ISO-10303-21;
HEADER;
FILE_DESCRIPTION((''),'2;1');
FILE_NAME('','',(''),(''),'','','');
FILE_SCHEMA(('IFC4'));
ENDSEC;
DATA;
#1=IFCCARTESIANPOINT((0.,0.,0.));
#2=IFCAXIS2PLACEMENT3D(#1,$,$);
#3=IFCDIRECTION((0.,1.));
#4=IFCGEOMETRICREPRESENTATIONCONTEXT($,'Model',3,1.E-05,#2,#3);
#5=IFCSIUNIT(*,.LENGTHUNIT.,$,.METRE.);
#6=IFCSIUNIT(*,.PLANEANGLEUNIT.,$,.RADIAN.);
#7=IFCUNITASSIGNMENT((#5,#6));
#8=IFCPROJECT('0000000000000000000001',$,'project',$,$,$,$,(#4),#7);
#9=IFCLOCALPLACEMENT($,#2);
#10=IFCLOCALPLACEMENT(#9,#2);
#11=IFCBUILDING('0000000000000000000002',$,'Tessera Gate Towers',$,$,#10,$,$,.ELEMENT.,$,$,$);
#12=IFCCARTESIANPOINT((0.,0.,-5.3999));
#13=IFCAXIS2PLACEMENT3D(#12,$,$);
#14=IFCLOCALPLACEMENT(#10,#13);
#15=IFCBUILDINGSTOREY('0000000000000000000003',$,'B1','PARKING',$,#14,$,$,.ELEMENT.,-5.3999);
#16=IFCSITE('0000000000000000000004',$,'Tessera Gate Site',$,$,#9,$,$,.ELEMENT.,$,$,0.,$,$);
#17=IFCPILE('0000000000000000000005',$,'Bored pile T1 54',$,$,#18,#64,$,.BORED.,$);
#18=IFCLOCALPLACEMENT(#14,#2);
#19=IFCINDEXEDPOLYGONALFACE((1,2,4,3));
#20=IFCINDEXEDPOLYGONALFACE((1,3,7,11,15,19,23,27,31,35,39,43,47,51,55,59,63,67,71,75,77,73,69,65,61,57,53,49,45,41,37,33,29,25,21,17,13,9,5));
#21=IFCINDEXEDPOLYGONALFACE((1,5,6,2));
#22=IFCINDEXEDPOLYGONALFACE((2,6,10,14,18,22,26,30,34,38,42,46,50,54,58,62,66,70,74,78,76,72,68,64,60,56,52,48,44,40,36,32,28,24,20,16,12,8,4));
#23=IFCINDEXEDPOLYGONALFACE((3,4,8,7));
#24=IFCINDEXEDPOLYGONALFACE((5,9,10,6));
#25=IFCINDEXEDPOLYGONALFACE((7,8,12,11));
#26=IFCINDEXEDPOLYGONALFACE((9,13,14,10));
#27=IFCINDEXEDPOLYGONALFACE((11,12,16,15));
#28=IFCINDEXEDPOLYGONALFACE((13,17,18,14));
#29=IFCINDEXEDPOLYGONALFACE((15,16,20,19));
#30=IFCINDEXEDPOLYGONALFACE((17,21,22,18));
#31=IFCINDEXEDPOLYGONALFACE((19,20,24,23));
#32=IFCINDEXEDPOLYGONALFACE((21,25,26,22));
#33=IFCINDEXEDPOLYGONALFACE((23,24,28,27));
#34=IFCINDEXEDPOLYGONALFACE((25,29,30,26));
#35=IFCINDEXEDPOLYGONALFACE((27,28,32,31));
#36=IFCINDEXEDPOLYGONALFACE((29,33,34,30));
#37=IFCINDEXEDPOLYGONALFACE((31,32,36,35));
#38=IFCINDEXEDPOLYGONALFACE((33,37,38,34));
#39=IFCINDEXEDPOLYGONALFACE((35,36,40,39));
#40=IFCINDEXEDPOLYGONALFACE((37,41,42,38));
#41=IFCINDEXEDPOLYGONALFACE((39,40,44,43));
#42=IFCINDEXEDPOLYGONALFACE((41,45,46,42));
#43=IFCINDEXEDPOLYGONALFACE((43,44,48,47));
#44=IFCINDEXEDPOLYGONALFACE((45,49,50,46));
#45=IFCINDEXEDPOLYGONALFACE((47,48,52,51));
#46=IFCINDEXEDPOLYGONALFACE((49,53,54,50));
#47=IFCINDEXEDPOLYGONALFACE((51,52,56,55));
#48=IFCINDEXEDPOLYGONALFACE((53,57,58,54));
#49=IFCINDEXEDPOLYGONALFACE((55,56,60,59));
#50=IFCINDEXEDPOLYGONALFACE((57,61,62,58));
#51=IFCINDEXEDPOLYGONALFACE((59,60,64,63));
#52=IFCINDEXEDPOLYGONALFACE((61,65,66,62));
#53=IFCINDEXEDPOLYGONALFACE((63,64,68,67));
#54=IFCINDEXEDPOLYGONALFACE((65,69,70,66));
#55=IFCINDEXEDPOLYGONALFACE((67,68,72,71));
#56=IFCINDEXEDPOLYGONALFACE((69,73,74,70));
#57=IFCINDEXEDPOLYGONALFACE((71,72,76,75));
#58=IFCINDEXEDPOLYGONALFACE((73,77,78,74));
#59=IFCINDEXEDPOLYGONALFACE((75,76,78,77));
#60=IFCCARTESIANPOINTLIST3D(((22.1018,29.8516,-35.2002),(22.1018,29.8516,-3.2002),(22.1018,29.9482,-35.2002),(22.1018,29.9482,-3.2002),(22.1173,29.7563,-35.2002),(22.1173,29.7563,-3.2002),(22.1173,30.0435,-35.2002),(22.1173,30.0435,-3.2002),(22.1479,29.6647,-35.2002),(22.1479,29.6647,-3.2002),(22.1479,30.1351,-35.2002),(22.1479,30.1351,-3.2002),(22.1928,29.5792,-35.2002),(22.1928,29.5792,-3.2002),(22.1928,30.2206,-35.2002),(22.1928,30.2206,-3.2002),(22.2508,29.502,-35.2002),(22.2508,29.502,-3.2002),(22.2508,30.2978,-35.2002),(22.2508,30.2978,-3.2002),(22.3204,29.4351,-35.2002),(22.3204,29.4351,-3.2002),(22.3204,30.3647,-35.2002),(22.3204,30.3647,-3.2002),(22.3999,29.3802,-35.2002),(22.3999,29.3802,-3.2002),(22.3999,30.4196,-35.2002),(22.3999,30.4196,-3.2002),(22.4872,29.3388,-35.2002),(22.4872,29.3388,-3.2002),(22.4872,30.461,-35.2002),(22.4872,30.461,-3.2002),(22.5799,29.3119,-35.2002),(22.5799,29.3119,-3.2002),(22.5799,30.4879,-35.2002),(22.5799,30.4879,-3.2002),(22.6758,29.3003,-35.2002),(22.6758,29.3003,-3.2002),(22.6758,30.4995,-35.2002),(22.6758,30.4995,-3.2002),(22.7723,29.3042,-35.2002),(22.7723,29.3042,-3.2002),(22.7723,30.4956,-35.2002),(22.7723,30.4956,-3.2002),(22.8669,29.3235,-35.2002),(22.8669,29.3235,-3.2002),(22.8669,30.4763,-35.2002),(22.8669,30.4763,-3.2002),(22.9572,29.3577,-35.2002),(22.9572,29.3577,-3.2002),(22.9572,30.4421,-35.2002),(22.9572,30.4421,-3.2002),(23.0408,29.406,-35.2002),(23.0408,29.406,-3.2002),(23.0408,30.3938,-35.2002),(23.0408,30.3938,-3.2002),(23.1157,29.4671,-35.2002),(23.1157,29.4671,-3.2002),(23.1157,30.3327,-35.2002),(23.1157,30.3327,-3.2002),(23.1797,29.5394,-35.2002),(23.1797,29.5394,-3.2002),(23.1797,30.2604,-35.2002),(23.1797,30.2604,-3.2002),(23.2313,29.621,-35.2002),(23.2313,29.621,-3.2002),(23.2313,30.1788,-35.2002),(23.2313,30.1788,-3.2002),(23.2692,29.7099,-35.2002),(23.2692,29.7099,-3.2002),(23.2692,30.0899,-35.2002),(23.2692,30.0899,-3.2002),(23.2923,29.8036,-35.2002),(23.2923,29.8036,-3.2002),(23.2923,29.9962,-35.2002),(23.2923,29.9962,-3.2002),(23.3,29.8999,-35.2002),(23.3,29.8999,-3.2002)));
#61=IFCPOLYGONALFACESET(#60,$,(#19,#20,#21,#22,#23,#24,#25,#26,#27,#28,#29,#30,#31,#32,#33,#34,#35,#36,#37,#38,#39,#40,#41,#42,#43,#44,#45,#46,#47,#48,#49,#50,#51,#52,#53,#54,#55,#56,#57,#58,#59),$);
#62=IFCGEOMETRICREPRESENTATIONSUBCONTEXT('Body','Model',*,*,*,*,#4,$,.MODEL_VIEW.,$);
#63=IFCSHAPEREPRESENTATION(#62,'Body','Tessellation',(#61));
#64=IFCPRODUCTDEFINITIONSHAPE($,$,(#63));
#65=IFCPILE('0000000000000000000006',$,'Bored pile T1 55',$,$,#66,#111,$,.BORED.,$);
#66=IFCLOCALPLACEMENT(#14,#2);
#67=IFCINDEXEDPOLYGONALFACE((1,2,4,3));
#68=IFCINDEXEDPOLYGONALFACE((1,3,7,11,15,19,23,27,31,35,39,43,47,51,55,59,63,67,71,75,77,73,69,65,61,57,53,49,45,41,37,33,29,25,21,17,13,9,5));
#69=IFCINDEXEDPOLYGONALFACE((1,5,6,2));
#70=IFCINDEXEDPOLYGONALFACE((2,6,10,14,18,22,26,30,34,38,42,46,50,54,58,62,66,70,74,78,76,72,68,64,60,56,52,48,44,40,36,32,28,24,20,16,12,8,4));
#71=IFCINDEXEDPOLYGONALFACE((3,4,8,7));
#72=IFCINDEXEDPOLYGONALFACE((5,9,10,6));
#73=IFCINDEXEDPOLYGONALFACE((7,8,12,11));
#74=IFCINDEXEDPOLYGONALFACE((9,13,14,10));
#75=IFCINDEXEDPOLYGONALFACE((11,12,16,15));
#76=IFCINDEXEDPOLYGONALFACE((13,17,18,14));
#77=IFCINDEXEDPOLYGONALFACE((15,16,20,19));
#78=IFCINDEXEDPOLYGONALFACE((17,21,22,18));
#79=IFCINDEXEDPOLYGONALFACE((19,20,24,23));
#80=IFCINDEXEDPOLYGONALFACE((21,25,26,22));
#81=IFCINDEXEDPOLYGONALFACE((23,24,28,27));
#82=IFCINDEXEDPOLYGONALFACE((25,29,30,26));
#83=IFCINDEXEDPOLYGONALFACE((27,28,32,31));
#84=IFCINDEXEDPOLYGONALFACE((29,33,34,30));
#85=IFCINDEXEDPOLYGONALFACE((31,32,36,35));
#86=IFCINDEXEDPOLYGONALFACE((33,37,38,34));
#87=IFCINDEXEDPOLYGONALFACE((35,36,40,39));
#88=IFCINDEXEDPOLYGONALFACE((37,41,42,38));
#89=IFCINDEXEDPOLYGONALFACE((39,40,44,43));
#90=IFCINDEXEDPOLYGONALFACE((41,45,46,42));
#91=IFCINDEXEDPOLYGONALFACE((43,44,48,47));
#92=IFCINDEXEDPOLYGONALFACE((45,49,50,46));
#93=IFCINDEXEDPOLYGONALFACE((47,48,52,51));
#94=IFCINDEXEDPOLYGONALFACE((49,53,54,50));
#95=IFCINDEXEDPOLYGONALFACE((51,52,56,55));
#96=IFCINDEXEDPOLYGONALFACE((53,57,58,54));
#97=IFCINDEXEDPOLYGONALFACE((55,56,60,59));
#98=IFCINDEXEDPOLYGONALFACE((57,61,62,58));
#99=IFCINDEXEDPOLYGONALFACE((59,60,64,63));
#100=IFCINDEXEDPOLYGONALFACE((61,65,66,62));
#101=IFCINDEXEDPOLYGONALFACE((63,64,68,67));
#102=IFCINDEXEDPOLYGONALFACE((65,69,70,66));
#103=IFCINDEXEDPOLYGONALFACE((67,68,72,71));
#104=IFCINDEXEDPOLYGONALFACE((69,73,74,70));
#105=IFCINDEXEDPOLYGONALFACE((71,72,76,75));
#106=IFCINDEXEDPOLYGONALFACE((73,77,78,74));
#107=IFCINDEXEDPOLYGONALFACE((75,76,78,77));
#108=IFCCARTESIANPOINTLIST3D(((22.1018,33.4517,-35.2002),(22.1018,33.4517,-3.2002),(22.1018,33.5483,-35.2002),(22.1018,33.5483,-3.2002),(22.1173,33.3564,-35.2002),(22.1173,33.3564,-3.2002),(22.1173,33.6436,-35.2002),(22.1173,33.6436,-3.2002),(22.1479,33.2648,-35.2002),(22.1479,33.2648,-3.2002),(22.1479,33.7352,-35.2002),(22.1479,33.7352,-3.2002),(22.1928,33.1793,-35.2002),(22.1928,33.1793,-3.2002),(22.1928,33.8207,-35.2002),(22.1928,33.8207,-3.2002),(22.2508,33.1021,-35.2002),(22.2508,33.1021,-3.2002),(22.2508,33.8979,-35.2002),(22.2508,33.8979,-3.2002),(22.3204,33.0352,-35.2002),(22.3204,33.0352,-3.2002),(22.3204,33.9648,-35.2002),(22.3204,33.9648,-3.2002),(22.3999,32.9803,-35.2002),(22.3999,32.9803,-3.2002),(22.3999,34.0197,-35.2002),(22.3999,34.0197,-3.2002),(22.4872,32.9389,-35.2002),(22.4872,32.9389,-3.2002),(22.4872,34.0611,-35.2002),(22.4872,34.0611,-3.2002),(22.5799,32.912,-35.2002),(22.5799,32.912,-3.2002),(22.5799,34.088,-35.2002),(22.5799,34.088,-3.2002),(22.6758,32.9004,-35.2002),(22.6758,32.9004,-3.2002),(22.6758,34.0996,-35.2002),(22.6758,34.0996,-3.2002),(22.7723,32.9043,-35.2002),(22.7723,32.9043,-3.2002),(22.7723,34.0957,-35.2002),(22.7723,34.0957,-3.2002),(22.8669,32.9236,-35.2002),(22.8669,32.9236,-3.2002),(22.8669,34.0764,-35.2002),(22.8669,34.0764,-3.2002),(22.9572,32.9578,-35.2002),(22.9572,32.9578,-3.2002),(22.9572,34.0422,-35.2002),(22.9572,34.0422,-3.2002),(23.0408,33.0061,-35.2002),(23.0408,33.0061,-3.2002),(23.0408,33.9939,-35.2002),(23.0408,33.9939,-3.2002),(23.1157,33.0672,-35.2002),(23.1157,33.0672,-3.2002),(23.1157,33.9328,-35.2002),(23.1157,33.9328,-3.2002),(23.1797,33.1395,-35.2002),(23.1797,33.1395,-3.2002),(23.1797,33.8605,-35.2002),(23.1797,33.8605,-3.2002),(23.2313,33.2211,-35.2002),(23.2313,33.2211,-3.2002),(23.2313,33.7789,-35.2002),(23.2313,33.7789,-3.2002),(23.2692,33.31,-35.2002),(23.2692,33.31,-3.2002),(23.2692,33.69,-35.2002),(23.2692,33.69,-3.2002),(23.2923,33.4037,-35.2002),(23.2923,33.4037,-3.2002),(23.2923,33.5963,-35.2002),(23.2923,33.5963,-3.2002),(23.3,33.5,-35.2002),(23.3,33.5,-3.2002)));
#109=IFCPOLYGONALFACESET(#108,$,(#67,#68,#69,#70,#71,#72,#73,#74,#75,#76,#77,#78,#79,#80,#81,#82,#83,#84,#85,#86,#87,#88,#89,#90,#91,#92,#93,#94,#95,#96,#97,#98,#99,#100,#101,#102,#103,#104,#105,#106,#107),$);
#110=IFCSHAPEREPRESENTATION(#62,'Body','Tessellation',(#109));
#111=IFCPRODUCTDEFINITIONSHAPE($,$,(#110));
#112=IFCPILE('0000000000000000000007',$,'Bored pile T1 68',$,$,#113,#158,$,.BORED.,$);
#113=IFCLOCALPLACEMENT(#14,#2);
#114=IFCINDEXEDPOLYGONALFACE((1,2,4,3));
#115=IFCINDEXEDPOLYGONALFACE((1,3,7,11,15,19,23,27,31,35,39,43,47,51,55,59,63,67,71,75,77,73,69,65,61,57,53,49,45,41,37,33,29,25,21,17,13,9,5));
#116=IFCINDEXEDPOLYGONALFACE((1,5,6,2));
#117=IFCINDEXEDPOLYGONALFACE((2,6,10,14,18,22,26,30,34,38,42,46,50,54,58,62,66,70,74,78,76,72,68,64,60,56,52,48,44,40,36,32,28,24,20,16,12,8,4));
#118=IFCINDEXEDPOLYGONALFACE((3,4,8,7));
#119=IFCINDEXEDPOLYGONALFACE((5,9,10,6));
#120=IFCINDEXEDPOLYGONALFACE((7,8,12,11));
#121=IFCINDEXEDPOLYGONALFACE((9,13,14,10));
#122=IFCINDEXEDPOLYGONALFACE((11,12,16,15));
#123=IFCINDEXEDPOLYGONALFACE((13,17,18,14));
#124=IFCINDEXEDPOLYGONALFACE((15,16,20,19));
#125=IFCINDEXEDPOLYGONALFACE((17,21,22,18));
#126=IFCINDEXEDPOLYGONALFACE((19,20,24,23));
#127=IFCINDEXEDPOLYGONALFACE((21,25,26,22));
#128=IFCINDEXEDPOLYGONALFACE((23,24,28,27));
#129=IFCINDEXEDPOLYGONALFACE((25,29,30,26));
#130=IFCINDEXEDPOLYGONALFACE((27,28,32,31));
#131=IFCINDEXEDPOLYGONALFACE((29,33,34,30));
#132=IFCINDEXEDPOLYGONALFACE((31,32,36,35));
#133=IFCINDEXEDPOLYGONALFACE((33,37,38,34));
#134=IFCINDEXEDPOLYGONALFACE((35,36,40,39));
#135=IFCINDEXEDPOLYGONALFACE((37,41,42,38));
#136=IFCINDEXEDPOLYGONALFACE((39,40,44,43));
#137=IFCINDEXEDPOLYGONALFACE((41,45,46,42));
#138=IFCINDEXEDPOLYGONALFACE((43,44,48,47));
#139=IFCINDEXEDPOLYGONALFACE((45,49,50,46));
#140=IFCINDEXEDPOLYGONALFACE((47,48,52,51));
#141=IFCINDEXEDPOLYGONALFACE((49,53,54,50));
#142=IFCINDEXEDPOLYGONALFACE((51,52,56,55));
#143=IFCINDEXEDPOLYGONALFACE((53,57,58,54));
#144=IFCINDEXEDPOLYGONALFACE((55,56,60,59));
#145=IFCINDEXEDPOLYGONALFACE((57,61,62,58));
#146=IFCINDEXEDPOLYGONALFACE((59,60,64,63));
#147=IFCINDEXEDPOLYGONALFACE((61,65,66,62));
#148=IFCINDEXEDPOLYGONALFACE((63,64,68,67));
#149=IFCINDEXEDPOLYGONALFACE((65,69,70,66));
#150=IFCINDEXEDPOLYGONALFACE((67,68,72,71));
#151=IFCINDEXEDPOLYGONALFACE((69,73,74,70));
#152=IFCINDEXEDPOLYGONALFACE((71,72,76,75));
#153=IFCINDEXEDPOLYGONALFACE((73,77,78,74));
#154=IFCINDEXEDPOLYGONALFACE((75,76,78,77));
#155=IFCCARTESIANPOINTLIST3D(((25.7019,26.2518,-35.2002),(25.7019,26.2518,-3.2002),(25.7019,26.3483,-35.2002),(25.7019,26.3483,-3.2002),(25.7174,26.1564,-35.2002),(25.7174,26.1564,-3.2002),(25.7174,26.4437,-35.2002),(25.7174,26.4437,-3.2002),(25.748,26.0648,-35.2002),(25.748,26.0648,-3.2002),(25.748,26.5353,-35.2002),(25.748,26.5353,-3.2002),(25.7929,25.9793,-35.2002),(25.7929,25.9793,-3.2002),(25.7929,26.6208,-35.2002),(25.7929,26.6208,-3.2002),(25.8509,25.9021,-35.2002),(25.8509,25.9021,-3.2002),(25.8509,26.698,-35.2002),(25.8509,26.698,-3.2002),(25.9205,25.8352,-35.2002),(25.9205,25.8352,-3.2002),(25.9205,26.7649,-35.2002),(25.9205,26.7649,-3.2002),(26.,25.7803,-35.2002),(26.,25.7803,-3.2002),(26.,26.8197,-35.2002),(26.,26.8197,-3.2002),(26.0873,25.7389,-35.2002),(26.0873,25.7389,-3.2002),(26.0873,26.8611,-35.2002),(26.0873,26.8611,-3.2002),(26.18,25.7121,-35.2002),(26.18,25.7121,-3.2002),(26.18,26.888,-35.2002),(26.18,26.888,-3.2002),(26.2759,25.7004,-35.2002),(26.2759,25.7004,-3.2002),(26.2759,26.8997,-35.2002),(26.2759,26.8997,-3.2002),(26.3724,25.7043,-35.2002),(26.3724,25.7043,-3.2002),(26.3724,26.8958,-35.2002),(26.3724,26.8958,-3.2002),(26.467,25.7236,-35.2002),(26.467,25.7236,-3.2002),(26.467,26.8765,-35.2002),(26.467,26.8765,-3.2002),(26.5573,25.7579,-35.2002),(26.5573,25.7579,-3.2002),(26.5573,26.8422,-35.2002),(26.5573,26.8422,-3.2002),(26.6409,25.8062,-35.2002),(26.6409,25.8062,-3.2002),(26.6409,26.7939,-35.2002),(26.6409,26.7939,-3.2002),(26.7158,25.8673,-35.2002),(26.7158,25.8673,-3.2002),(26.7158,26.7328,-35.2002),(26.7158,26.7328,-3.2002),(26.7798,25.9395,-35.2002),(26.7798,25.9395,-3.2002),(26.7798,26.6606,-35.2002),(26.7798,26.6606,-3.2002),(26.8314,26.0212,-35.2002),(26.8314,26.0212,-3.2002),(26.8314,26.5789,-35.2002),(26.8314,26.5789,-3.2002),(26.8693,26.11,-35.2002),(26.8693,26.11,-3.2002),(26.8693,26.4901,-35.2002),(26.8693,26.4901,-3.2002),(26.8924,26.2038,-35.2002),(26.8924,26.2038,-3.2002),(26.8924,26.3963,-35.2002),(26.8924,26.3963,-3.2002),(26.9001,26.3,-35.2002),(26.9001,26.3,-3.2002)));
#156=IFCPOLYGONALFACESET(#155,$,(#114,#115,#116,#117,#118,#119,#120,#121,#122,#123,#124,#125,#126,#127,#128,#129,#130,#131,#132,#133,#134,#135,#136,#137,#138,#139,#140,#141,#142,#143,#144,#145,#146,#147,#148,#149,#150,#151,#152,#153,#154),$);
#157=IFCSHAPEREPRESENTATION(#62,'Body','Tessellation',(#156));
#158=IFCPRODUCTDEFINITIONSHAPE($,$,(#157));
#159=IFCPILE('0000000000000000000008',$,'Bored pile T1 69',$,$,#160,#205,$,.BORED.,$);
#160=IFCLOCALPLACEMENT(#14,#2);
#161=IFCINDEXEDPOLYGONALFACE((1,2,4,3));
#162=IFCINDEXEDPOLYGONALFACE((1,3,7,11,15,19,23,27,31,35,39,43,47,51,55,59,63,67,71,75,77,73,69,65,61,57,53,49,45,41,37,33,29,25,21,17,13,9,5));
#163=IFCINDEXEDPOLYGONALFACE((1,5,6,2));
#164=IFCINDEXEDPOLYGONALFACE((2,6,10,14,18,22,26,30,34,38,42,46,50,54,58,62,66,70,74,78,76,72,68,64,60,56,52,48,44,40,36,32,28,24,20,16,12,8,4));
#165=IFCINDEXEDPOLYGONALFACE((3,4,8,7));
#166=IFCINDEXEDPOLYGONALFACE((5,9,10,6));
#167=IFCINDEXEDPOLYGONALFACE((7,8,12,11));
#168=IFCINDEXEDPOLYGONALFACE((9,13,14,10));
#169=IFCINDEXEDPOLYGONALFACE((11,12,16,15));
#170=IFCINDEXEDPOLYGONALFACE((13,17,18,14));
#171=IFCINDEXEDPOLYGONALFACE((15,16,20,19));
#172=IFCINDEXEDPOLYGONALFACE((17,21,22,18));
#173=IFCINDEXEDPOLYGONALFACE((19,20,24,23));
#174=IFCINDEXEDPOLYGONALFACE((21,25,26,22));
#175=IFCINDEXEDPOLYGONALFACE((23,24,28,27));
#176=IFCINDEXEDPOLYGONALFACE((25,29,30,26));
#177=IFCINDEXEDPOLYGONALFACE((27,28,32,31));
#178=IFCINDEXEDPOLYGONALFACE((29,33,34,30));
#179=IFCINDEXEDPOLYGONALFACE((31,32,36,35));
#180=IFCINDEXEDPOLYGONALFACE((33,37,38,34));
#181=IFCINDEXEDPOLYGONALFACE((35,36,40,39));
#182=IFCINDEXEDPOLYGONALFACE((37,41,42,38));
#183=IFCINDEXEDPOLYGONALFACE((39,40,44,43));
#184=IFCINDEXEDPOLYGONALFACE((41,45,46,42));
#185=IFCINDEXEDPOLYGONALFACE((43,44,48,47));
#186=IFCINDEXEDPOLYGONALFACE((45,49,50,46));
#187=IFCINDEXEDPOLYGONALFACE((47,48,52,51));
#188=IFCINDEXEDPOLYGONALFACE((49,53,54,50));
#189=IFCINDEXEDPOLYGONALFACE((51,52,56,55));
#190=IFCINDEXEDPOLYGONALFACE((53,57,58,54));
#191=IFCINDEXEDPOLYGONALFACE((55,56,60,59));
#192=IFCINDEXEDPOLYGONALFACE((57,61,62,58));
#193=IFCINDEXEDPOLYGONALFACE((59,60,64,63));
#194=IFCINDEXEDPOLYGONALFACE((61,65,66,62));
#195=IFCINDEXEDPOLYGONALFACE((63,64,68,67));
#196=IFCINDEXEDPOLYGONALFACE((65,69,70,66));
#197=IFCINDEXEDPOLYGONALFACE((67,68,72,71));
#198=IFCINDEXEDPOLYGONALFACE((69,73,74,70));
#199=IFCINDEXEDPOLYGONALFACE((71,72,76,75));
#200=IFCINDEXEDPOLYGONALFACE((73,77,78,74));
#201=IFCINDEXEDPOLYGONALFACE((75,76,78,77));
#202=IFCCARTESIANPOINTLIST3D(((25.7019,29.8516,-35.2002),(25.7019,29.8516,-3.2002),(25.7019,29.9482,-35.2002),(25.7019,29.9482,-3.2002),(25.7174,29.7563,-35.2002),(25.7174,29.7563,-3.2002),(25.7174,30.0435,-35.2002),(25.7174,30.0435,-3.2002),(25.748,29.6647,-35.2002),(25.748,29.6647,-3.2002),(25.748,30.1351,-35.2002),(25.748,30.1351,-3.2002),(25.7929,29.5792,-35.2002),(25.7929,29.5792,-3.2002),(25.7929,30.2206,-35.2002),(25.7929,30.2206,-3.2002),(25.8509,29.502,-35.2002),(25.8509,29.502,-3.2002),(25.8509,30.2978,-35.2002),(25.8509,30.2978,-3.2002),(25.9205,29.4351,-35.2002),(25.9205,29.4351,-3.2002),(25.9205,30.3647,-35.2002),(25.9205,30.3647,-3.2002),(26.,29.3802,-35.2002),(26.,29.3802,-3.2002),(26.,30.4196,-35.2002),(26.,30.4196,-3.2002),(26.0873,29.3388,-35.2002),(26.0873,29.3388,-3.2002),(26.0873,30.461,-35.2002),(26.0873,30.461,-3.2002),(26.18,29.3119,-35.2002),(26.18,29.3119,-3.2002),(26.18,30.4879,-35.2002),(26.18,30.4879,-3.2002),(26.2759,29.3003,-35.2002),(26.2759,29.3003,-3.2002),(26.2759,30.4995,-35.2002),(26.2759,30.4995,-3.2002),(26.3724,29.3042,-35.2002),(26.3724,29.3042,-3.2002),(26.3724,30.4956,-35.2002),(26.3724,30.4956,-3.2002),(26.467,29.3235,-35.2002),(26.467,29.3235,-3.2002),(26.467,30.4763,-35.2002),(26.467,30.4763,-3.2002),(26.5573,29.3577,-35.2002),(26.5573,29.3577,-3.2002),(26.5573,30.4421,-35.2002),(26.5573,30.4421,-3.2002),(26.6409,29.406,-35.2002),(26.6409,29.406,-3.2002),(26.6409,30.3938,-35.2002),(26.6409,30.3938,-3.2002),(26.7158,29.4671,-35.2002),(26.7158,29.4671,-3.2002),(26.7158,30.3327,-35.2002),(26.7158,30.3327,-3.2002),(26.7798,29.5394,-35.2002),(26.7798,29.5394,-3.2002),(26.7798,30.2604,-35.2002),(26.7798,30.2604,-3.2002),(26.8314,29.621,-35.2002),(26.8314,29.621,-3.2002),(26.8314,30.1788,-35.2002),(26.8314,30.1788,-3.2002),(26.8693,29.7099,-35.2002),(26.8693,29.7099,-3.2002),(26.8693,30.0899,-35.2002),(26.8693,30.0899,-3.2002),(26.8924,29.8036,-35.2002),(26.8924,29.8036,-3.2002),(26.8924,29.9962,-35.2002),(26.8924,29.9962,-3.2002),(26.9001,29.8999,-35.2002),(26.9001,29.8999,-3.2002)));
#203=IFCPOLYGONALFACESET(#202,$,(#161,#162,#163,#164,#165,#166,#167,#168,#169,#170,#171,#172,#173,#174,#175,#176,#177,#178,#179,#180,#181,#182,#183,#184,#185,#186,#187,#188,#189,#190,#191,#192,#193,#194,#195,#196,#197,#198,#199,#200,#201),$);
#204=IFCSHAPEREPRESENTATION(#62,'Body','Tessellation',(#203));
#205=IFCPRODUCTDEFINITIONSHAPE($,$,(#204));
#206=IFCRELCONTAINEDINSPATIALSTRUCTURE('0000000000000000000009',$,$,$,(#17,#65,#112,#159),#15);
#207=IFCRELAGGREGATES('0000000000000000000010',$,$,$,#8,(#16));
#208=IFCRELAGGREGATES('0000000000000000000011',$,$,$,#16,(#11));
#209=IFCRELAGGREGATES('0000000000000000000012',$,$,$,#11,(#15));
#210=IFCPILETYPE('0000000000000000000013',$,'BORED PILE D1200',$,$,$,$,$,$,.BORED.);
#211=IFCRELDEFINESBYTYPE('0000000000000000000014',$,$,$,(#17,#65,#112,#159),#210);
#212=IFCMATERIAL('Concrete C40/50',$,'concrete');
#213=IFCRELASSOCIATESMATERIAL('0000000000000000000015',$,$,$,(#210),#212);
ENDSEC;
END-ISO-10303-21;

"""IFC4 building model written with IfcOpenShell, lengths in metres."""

from ifc_helpers import new_model, si_unit, direction, frame, origin, origin_2d, place, context, subcontext, project, spatial, circle, extrude, material, material_profile, profile_set, type_object, element, save


model = new_model("IFC4")

# Units and contexts
model_context = context("Model", 3, precision=1e-05, world=origin(), true_north=direction((0.0, 1.0)))
body_context = subcontext(model_context, "Body", "Model", "MODEL_VIEW")
ifc_project = project(units=[si_unit("LENGTHUNIT", "METRE"), si_unit("PLANEANGLEUNIT", "RADIAN")], contexts=[model_context])

# Site, building, storey
site_placement = place(None, origin())
site = spatial("IfcSite", under=ifc_project, at=site_placement, Name="Tessera Gate Site", CompositionType="ELEMENT", RefElevation=0.0)
building_placement = place(site_placement, origin())
building = spatial("IfcBuilding", under=site, at=building_placement, Name="Tessera Gate Towers", CompositionType="ELEMENT")
storey_placement = place(building_placement, frame((0.0, 0.0, -5.3999)))
storey = spatial("IfcBuildingStorey", under=building, at=storey_placement, Name="B1", Description="PARKING", CompositionType="ELEMENT", Elevation=-5.3999)

# Piles
ifc_material_1 = material(Name="Concrete C40/50", Category="concrete")
ifc_material_profile = material_profile(ifc_material_1, circle(Radius=0.6001, at=origin_2d()), Name="BORED PILE D1200")
ifc_profile_set = profile_set([ifc_material_profile], Name="Concrete C40/50")
pile_type = type_object("IfcPileType", Name="BORED PILE D1200", PredefinedType="BORED", material=ifc_profile_set)
for number, where, z_axis, x_axis, name in (
    (1, (22.7, 29.8999, -3.2002), (0.0, 0.0, -1.0), (1.0, 0.0, 0.0), "Bored pile T1 54"),
    (2, (22.7, 33.5, -3.2002), (0.0, 0.0, -1.0), (1.0, 0.0, 0.0), "Bored pile T1 55"),
    (3, (26.3, 26.3, -3.2002), (0.0, 0.0, -1.0), (1.0, 0.0, 0.0), "Bored pile T1 68"),
    (4, (26.3, 29.8999, -3.2002), (0.0, 0.0, -1.0), (1.0, 0.0, 0.0), "Bored pile T1 69"),
):
    element("IfcPile", number, at=place(storey_placement, frame(where, z_axis=z_axis, x_axis=x_axis)), inside=storey, type_object=pile_type, Name=name, PredefinedType="BORED", context=body_context, shape_type="SweptSolid", body=[
        extrude(circle(Radius=0.6001, at=origin_2d()), origin(), (0.0, 0.0, 1.0), 32.0),
    ])

save(model, "model.ifc")
